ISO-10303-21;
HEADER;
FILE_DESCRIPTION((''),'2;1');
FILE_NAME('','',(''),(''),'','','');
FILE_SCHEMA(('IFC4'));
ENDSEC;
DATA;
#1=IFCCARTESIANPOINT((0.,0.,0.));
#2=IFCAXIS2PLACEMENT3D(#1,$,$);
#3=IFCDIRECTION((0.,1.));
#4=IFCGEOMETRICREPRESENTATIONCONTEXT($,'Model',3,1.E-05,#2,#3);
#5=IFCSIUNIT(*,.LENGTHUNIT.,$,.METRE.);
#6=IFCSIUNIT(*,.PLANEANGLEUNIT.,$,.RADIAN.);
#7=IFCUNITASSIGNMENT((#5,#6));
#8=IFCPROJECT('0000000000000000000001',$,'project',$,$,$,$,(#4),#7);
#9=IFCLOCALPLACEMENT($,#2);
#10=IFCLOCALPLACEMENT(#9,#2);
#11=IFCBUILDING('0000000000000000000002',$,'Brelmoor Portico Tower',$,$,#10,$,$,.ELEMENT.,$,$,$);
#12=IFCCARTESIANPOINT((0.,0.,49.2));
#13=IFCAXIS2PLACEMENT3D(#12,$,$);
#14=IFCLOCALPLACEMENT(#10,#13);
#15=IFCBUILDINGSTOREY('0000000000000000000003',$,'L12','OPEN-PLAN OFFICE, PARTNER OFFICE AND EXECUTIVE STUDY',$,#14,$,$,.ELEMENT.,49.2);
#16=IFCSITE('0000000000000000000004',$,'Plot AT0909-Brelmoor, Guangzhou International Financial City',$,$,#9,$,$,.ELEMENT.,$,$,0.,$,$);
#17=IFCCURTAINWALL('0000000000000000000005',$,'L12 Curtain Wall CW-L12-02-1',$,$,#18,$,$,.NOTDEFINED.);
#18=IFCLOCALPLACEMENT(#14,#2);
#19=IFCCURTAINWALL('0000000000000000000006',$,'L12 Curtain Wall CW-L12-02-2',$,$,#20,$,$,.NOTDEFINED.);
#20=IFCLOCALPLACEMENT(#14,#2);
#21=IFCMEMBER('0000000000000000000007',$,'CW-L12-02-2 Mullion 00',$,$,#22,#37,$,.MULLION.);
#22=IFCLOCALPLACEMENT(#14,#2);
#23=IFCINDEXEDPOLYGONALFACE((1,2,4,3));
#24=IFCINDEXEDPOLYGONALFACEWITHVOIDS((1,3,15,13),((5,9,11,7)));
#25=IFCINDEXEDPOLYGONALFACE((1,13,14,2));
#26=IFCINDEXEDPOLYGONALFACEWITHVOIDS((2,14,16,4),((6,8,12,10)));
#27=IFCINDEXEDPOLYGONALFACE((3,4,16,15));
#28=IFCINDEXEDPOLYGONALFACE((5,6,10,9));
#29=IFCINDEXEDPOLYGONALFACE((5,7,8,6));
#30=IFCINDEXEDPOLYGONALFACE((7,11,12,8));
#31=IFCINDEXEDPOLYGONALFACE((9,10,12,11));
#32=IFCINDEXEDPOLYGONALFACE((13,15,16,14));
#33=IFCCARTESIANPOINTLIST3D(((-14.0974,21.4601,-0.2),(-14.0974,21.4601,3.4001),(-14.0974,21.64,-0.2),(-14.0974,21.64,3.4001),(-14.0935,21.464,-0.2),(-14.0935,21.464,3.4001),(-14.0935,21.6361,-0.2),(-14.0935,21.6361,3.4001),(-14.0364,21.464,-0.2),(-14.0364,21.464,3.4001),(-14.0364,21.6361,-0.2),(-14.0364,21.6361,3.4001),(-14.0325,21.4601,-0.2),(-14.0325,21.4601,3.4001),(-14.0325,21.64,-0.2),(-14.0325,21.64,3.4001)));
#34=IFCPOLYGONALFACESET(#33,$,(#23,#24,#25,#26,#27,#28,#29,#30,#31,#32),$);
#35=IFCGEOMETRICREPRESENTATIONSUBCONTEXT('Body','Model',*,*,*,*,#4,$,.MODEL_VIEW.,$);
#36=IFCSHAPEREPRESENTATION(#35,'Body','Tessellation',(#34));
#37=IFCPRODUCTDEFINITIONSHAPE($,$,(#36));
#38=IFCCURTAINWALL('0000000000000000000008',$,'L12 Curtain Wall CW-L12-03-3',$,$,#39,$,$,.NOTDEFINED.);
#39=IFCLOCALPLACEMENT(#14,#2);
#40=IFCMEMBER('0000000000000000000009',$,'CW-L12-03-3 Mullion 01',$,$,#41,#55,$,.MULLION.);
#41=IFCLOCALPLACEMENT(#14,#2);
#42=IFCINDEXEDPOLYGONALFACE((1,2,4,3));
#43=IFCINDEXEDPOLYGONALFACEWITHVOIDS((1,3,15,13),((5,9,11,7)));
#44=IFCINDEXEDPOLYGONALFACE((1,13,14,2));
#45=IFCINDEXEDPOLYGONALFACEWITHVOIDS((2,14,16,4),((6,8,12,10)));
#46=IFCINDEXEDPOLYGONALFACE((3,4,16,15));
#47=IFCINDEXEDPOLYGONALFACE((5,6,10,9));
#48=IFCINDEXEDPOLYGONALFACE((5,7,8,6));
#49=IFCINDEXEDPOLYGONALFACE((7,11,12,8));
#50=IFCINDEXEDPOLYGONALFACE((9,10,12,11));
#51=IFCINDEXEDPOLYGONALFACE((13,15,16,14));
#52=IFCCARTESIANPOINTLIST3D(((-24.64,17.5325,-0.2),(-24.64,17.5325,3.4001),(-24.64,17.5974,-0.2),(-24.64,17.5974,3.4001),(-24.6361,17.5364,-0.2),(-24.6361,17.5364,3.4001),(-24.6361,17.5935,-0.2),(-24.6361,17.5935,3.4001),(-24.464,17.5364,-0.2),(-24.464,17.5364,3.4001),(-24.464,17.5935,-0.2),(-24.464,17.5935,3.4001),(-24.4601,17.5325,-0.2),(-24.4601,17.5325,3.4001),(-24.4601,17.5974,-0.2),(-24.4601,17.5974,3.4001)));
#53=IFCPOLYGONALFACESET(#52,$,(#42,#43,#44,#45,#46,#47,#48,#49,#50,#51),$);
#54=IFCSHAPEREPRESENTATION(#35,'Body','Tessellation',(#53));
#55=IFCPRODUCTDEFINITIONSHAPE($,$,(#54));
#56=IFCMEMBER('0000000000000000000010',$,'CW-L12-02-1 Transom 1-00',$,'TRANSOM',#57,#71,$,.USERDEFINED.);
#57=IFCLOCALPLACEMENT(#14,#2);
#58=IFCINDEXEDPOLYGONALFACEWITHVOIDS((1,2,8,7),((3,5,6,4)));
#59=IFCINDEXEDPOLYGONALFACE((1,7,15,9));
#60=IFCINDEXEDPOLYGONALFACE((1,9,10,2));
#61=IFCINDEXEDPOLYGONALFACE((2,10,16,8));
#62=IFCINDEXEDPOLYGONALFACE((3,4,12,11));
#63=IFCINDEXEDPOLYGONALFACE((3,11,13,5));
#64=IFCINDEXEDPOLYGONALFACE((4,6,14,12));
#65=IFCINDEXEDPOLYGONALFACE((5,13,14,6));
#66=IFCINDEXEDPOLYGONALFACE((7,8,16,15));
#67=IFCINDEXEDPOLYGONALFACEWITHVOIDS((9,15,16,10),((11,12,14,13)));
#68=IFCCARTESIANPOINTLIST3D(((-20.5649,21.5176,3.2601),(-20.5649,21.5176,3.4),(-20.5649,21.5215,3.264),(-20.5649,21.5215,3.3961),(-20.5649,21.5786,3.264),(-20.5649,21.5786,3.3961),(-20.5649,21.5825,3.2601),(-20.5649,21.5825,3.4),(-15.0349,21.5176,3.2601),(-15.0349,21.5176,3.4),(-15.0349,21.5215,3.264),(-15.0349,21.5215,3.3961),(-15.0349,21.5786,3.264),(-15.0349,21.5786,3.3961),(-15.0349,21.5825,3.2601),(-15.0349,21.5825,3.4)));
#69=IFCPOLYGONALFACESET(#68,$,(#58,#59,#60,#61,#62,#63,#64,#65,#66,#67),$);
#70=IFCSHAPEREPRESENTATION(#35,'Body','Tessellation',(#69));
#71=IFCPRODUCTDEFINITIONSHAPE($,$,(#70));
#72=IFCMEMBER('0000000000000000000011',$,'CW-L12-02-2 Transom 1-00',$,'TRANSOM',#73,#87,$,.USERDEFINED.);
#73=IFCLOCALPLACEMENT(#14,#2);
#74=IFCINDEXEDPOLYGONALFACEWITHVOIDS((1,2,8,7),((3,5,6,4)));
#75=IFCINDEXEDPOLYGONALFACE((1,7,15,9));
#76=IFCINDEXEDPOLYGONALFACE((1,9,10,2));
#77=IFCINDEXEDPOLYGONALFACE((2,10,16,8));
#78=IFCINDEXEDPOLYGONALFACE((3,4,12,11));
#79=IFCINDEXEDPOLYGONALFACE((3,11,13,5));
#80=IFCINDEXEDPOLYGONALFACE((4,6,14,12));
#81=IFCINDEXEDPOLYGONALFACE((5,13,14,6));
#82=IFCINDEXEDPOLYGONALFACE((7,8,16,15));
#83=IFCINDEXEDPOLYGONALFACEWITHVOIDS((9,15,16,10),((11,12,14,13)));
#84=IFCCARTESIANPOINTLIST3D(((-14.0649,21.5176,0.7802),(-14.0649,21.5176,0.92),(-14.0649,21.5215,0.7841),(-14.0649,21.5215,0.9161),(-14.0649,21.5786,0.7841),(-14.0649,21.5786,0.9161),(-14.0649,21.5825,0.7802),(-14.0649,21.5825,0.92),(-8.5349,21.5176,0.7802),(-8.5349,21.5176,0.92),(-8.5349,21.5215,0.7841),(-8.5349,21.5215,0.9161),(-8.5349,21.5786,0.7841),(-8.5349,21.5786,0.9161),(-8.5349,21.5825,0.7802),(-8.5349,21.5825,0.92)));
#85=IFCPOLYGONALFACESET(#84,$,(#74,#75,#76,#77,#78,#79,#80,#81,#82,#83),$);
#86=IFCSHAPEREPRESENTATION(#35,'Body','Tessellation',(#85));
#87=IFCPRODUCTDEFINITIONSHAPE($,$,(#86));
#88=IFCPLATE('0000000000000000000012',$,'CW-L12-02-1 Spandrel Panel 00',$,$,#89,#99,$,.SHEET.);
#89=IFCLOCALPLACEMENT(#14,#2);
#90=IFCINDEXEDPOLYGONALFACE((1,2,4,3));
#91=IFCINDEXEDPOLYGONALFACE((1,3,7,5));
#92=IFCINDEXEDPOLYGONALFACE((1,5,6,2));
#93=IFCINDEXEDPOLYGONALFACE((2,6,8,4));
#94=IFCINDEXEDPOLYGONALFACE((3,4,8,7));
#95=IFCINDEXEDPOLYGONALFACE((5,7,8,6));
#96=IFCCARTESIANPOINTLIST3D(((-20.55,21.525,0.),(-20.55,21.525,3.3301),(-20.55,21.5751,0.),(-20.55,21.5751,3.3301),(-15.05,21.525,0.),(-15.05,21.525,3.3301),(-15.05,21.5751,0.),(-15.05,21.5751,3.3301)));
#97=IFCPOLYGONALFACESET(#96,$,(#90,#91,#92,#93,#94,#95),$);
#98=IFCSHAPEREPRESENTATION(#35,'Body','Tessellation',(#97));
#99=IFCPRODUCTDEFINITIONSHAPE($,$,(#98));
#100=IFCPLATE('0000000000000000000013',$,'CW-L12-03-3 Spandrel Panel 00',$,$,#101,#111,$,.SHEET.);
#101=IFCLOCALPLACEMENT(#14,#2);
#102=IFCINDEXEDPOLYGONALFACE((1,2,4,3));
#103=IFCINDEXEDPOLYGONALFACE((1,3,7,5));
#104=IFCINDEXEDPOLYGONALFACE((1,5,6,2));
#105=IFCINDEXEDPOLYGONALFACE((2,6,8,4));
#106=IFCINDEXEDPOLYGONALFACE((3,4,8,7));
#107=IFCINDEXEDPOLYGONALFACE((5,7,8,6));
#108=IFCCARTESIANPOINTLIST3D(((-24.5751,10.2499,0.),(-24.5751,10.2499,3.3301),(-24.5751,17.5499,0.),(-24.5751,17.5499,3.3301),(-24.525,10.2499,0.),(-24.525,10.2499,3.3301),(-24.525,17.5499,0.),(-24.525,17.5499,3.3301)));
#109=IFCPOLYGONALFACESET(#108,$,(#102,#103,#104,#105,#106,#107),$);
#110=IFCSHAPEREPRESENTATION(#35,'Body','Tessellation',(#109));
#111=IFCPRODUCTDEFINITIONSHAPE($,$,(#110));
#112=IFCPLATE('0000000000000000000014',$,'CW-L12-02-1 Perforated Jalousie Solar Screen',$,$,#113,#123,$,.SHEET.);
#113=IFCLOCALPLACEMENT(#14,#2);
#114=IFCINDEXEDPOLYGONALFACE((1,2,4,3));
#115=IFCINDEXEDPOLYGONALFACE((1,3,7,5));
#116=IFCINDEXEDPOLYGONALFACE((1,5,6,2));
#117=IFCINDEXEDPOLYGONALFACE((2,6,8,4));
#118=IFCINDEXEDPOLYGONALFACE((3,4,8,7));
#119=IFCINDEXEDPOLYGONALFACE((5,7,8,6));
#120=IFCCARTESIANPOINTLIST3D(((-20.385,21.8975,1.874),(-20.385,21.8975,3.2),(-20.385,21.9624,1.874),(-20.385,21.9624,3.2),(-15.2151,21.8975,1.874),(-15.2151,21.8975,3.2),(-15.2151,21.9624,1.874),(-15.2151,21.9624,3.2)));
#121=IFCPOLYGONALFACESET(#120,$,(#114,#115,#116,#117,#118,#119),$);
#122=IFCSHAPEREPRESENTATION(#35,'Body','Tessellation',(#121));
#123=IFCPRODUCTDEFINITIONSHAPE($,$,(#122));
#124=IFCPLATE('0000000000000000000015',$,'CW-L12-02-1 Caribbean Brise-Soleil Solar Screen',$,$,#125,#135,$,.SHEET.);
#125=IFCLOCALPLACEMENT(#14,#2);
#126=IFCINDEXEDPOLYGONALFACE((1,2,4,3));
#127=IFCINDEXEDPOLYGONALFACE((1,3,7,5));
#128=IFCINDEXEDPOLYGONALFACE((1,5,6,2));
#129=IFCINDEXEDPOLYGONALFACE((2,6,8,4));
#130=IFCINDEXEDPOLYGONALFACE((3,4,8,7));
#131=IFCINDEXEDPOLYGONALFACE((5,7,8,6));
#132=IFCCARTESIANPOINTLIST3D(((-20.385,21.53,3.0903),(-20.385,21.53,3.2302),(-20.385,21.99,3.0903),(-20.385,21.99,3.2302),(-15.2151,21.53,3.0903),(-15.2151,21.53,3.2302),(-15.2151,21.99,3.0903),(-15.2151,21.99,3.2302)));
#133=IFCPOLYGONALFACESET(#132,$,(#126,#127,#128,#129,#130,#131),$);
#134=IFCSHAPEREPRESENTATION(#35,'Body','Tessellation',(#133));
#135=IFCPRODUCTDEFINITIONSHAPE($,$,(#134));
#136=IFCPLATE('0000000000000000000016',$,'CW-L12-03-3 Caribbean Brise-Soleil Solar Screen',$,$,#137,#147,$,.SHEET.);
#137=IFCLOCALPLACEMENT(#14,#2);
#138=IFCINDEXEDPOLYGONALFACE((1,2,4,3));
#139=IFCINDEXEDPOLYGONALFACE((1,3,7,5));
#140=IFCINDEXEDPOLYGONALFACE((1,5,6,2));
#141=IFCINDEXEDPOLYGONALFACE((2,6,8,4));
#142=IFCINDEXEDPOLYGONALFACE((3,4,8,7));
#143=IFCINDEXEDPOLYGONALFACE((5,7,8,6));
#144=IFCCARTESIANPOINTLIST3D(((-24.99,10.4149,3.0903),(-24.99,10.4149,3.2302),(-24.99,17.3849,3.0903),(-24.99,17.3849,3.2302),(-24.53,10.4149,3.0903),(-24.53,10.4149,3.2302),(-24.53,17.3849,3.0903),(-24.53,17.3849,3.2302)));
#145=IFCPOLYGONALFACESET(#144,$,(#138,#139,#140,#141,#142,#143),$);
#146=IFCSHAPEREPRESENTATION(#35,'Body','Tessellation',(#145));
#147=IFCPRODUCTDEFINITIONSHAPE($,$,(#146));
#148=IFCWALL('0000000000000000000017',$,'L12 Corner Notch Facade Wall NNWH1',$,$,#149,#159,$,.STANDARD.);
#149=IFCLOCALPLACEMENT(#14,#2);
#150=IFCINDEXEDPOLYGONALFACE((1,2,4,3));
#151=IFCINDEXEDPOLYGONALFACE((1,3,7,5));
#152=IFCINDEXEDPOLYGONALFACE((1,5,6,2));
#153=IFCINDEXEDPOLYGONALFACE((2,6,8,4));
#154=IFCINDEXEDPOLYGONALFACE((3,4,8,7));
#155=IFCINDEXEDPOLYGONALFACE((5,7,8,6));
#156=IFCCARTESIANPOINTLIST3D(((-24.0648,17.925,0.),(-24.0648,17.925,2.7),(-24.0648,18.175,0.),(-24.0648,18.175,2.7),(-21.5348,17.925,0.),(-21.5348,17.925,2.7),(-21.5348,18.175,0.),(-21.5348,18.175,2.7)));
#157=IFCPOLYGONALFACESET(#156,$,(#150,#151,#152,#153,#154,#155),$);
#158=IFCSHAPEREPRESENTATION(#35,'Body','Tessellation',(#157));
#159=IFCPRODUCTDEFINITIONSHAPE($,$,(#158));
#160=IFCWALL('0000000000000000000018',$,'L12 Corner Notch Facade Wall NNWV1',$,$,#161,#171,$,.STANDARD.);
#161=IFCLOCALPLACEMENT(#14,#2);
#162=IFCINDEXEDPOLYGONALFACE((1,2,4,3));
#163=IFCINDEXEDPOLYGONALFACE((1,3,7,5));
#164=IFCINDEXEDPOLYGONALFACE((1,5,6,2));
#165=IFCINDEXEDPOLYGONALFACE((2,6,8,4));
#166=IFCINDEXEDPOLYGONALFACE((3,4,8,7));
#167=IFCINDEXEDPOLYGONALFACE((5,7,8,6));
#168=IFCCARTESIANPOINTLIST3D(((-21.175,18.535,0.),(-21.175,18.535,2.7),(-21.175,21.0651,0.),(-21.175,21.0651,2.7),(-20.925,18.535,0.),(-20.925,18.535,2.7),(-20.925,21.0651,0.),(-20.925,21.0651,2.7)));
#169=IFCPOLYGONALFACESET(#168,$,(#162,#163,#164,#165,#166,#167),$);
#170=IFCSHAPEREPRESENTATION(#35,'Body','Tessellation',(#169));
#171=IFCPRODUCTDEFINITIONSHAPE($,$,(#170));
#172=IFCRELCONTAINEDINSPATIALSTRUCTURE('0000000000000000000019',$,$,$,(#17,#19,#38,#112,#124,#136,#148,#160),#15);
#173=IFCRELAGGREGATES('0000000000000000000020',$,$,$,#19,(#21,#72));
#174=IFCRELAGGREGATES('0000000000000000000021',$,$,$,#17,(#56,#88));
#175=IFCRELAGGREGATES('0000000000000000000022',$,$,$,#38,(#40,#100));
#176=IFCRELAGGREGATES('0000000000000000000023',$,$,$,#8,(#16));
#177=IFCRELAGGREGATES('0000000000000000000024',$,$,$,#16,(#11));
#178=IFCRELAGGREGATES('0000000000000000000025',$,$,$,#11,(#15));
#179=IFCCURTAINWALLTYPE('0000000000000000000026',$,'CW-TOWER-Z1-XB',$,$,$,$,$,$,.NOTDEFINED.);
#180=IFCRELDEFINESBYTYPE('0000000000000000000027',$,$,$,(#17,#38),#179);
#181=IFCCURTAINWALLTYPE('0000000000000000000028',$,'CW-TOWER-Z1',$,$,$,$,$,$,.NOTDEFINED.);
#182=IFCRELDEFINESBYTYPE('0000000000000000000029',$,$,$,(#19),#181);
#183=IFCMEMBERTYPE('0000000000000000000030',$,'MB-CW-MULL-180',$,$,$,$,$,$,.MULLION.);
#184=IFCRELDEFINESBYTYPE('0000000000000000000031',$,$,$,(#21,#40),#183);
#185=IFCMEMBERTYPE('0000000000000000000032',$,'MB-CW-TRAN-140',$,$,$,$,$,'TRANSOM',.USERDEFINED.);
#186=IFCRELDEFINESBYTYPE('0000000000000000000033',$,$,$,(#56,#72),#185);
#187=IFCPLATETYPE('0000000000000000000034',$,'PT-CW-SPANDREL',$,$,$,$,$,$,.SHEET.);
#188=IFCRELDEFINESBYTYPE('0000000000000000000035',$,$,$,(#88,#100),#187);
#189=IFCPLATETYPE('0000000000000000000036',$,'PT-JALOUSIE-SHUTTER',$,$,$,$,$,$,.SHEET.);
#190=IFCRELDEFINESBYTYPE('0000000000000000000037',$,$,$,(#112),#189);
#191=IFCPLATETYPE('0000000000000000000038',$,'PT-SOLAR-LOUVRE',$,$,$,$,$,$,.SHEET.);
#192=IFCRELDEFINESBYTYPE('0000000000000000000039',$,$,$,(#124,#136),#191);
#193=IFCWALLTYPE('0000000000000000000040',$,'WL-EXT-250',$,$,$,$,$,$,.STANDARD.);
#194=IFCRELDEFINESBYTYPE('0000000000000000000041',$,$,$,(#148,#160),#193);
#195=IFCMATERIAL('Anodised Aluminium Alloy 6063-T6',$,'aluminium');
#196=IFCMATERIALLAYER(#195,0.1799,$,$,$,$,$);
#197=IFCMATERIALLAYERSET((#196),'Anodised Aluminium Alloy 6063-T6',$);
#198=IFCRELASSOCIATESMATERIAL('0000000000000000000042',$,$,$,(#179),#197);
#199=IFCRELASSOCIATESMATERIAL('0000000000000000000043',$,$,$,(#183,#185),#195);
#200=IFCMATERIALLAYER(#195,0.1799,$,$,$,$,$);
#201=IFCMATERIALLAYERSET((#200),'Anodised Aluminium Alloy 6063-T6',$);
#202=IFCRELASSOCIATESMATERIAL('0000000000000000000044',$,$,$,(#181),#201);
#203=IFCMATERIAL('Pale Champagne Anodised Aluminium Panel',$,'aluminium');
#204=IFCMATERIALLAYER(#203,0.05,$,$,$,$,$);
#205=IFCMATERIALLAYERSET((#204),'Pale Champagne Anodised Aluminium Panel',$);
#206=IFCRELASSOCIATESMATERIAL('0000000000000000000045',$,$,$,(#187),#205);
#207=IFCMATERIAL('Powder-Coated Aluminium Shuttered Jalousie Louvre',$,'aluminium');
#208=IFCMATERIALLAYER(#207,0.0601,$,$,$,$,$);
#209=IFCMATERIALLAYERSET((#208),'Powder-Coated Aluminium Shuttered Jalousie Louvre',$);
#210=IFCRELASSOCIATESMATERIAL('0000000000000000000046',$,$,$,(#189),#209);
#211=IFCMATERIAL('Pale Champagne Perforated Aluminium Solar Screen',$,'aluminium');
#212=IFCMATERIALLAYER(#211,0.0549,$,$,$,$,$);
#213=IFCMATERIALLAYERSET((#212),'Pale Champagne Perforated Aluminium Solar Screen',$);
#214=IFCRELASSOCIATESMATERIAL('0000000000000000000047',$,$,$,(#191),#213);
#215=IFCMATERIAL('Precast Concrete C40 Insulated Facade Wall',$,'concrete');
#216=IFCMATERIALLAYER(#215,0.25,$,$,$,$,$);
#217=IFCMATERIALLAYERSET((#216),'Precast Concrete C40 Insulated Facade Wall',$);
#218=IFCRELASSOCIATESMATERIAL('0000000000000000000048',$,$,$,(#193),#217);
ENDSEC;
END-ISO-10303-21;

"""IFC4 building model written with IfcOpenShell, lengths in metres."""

from ifc_helpers import new_model, si_unit, direction, frame, frame_2d, origin, origin_2d, place, context, subcontext, project, spatial, rectangle, hollow_rectangle, extrude, material, layer, layer_set, material_profile, profile_set, type_object, element, aggregate, save


model = new_model("IFC4")

# Units and contexts
model_context = context("Model", 3, precision=1e-05, world=origin(), true_north=direction((0.0, 1.0)))
body_context = subcontext(model_context, "Body", "Model", "MODEL_VIEW")
ifc_project = project(units=[si_unit("LENGTHUNIT", "METRE"), si_unit("PLANEANGLEUNIT", "RADIAN")], contexts=[model_context])

# Site, building, storey
site_placement = place(None, origin())
site = spatial("IfcSite", under=ifc_project, at=site_placement, Name="Plot AT0909-Brelmoor, Guangzhou International Financial City", CompositionType="ELEMENT", RefElevation=0.0)
building_placement = place(site_placement, origin())
building = spatial("IfcBuilding", under=site, at=building_placement, Name="Brelmoor Portico Tower", CompositionType="ELEMENT")
storey_placement = place(building_placement, frame((0.0, 0.0, 49.2)))
storey = spatial("IfcBuildingStorey", under=building, at=storey_placement, Name="L12", Description="OPEN-PLAN OFFICE, PARTNER OFFICE AND EXECUTIVE STUDY", CompositionType="ELEMENT", Elevation=49.2)

# Curtain wall
ifc_material_1 = material(Name="Anodised Aluminium Alloy 6063-T6", Category="aluminium")
ifc_layer_1 = layer(ifc_material_1, 0.1799)
ifc_layer_set_1 = layer_set([ifc_layer_1], Name="Anodised Aluminium Alloy 6063-T6")
curtain_wall_type_1 = type_object("IfcCurtainWallType", Name="CW-TOWER-Z1-XB", PredefinedType="NOTDEFINED", material=ifc_layer_set_1)
curtain_wall_1_placement = place(storey_placement, origin())
curtain_wall_1 = element("IfcCurtainWall", 1, at=curtain_wall_1_placement, inside=storey, type_object=curtain_wall_type_1, Name="L12 Curtain Wall CW-L12-02-1", PredefinedType="NOTDEFINED")
ifc_material_profile_1 = material_profile(ifc_material_1, hollow_rectangle(XDim=0.0649, YDim=0.1799, WallThickness=0.0039, at=origin_2d()), Name="ALU MULLION 65x180")
ifc_profile_set_1 = profile_set([ifc_material_profile_1], Name="Anodised Aluminium Alloy 6063-T6")
member_type_1 = type_object("IfcMemberType", Name="MB-CW-MULL-180", PredefinedType="MULLION", material=ifc_profile_set_1)

# Curtain walls, members
ifc_layer_2 = layer(ifc_material_1, 0.1799)
ifc_layer_set_2 = layer_set([ifc_layer_2], Name="Anodised Aluminium Alloy 6063-T6")
curtain_wall_type_2 = type_object("IfcCurtainWallType", Name="CW-TOWER-Z1", PredefinedType="NOTDEFINED", material=ifc_layer_set_2)
curtain_wall_2_placement = place(storey_placement, origin())
curtain_wall_2 = element("IfcCurtainWall", 2, at=curtain_wall_2_placement, inside=storey, type_object=curtain_wall_type_2, Name="L12 Curtain Wall CW-L12-02-2", PredefinedType="NOTDEFINED")
member_1_placement = place(storey_placement, frame((-14.0649, 21.55, -0.2), z_axis=(0.0, 0.0, 1.0), x_axis=(1.0, 0.0, 0.0)))
member_1 = element("IfcMember", 3, at=member_1_placement, type_object=member_type_1, Name="CW-L12-02-2 Mullion 00", PredefinedType="MULLION", context=body_context, shape_type="SweptSolid", body=[
    extrude(hollow_rectangle(XDim=0.0649, YDim=0.1799, WallThickness=0.0039, at=origin_2d()), origin(), (0.0, 0.0, 1.0), 3.6001),
])
curtain_wall_3_placement = place(storey_placement, origin())
curtain_wall_3 = element("IfcCurtainWall", 4, at=curtain_wall_3_placement, inside=storey, type_object=curtain_wall_type_1, Name="L12 Curtain Wall CW-L12-03-3", PredefinedType="NOTDEFINED")
member_2_placement = place(storey_placement, frame((-24.55, 17.5649, -0.2), z_axis=(0.0, 0.0, 1.0), x_axis=(0.0, 1.0, 0.0)))
member_2 = element("IfcMember", 5, at=member_2_placement, type_object=member_type_1, Name="CW-L12-03-3 Mullion 01", PredefinedType="MULLION", context=body_context, shape_type="SweptSolid", body=[
    extrude(hollow_rectangle(XDim=0.0649, YDim=0.1799, WallThickness=0.0039, at=origin_2d()), origin(), (0.0, 0.0, 1.0), 3.6001),
])

# Members
ifc_material_profile_2 = material_profile(ifc_material_1, hollow_rectangle(XDim=0.0649, YDim=0.1399, WallThickness=0.0039, at=origin_2d()), Name="ALU TRANSOM 65x140")
ifc_profile_set_2 = profile_set([ifc_material_profile_2], Name="Anodised Aluminium Alloy 6063-T6")
member_type_2 = type_object("IfcMemberType", Name="MB-CW-TRAN-140", ElementType="TRANSOM", PredefinedType="USERDEFINED", material=ifc_profile_set_2)
member_3_placement = place(storey_placement, frame((-20.5649, 21.55, 3.3301), z_axis=(1.0, 0.0, 0.0), x_axis=(0.0, 1.0, 0.0)))
member_3 = element("IfcMember", 6, at=member_3_placement, type_object=member_type_2, Name="CW-L12-02-1 Transom 1-00", ObjectType="TRANSOM", PredefinedType="USERDEFINED", context=body_context, shape_type="SweptSolid", body=[
    extrude(hollow_rectangle(XDim=0.0649, YDim=0.1399, WallThickness=0.0039, at=origin_2d()), origin(), (0.0, 0.0, 1.0), 5.53),
])
member_4_placement = place(storey_placement, frame((-14.0649, 21.55, 0.8501), z_axis=(1.0, 0.0, 0.0), x_axis=(0.0, 1.0, 0.0)))
member_4 = element("IfcMember", 7, at=member_4_placement, type_object=member_type_2, Name="CW-L12-02-2 Transom 1-00", ObjectType="TRANSOM", PredefinedType="USERDEFINED", context=body_context, shape_type="SweptSolid", body=[
    extrude(hollow_rectangle(XDim=0.0649, YDim=0.1399, WallThickness=0.0039, at=origin_2d()), origin(), (0.0, 0.0, 1.0), 5.53),
])
aggregate(curtain_wall_2, [member_1, member_4])

# Plates
ifc_material_2 = material(Name="Pale Champagne Anodised Aluminium Panel", Category="aluminium")
ifc_layer_3 = layer(ifc_material_2, 0.05)
ifc_layer_set_3 = layer_set([ifc_layer_3], Name="Pale Champagne Anodised Aluminium Panel")
plate_type_1 = type_object("IfcPlateType", Name="PT-CW-SPANDREL", PredefinedType="SHEET", material=ifc_layer_set_3)
plate_1_placement = place(storey_placement, frame((-17.8, 21.55, 0.0), z_axis=(0.0, 0.0, 1.0), x_axis=(1.0, 0.0, 0.0)))
plate_1 = element("IfcPlate", 8, at=plate_1_placement, type_object=plate_type_1, Name="CW-L12-02-1 Spandrel Panel 00", PredefinedType="SHEET", context=body_context, shape_type="SweptSolid", body=[
    extrude(rectangle(XDim=5.5, YDim=0.05, at=origin_2d()), origin(), (0.0, 0.0, 1.0), 3.3301),
])
aggregate(curtain_wall_1, [member_3, plate_1])
plate_2_placement = place(storey_placement, frame((-24.55, 13.8999, 0.0), z_axis=(0.0, 0.0, 1.0), x_axis=(0.0, 1.0, 0.0)))
plate_2 = element("IfcPlate", 9, at=plate_2_placement, type_object=plate_type_1, Name="CW-L12-03-3 Spandrel Panel 00", PredefinedType="SHEET", context=body_context, shape_type="SweptSolid", body=[
    extrude(rectangle(XDim=7.3, YDim=0.05, at=origin_2d()), origin(), (0.0, 0.0, 1.0), 3.3301),
])
aggregate(curtain_wall_3, [member_2, plate_2])

# Plates
ifc_material_3 = material(Name="Powder-Coated Aluminium Shuttered Jalousie Louvre", Category="aluminium")
ifc_layer_4 = layer(ifc_material_3, 0.0601)
ifc_layer_set_4 = layer_set([ifc_layer_4], Name="Powder-Coated Aluminium Shuttered Jalousie Louvre")
plate_type_2 = type_object("IfcPlateType", Name="PT-JALOUSIE-SHUTTER", PredefinedType="SHEET", material=ifc_layer_set_4)
plate_3_placement = place(storey_placement, frame((-17.8, 21.9299, 1.874), z_axis=(0.0, 0.0, 1.0), x_axis=(1.0, 0.0, 0.0)))
element("IfcPlate", 10, at=plate_3_placement, inside=storey, type_object=plate_type_2, Name="CW-L12-02-1 Perforated Jalousie Solar Screen", PredefinedType="SHEET", context=body_context, shape_type="SweptSolid", body=[
    extrude(rectangle(XDim=5.1699, YDim=0.0649, at=origin_2d()), origin(), (0.0, 0.0, 1.0), 1.3259),
])
ifc_material_4 = material(Name="Pale Champagne Perforated Aluminium Solar Screen", Category="aluminium")
ifc_layer_5 = layer(ifc_material_4, 0.0549)
ifc_layer_set_5 = layer_set([ifc_layer_5], Name="Pale Champagne Perforated Aluminium Solar Screen")
plate_type_3 = type_object("IfcPlateType", Name="PT-SOLAR-LOUVRE", PredefinedType="SHEET", material=ifc_layer_set_5)
plate_4_placement = place(storey_placement, frame((-17.8, 21.76, 3.0903), z_axis=(0.0, 0.0, 1.0), x_axis=(1.0, 0.0, 0.0)))
element("IfcPlate", 11, at=plate_4_placement, inside=storey, type_object=plate_type_3, Name="CW-L12-02-1 Caribbean Brise-Soleil Solar Screen", PredefinedType="SHEET", context=body_context, shape_type="SweptSolid", body=[
    extrude(rectangle(XDim=5.1699, YDim=0.46, at=origin_2d()), origin(), (0.0, 0.0, 1.0), 0.1399),
])
plate_5_placement = place(storey_placement, frame((-24.76, 13.8999, 3.0903), z_axis=(0.0, 0.0, 1.0), x_axis=(0.0, 1.0, 0.0)))
element("IfcPlate", 12, at=plate_5_placement, inside=storey, type_object=plate_type_3, Name="CW-L12-03-3 Caribbean Brise-Soleil Solar Screen", PredefinedType="SHEET", context=body_context, shape_type="SweptSolid", body=[
    extrude(rectangle(XDim=6.97, YDim=0.46, at=origin_2d()), origin(), (0.0, 0.0, 1.0), 0.1399),
])

# Walls
ifc_material_5 = material(Name="Precast Concrete C40 Insulated Facade Wall", Category="concrete")
ifc_layer_6 = layer(ifc_material_5, 0.25)
ifc_layer_set_6 = layer_set([ifc_layer_6], Name="Precast Concrete C40 Insulated Facade Wall")
wall_type_1 = type_object("IfcWallType", Name="WL-EXT-250", PredefinedType="STANDARD", material=ifc_layer_set_6)
for number, where, z_axis, x_axis, name in (
    (13, (-24.0649, 18.05, 0.0), (0.0, 0.0, 1.0), (1.0, 0.0, 0.0), "L12 Corner Notch Facade Wall NNWH1"),
    (14, (-21.05, 18.5349, 0.0), (0.0, 0.0, 1.0), (0.0, 1.0, 0.0), "L12 Corner Notch Facade Wall NNWV1"),
):
    element("IfcWall", number, at=place(storey_placement, frame(where, z_axis=z_axis, x_axis=x_axis)), inside=storey, type_object=wall_type_1, Name=name, PredefinedType="STANDARD", context=body_context, shape_type="SweptSolid", body=[
        extrude(rectangle(XDim=2.53, YDim=0.25, at=frame_2d((1.2651, 0.0))), origin(), (0.0, 0.0, 1.0), 2.7),
    ])

save(model, "model.ifc")
